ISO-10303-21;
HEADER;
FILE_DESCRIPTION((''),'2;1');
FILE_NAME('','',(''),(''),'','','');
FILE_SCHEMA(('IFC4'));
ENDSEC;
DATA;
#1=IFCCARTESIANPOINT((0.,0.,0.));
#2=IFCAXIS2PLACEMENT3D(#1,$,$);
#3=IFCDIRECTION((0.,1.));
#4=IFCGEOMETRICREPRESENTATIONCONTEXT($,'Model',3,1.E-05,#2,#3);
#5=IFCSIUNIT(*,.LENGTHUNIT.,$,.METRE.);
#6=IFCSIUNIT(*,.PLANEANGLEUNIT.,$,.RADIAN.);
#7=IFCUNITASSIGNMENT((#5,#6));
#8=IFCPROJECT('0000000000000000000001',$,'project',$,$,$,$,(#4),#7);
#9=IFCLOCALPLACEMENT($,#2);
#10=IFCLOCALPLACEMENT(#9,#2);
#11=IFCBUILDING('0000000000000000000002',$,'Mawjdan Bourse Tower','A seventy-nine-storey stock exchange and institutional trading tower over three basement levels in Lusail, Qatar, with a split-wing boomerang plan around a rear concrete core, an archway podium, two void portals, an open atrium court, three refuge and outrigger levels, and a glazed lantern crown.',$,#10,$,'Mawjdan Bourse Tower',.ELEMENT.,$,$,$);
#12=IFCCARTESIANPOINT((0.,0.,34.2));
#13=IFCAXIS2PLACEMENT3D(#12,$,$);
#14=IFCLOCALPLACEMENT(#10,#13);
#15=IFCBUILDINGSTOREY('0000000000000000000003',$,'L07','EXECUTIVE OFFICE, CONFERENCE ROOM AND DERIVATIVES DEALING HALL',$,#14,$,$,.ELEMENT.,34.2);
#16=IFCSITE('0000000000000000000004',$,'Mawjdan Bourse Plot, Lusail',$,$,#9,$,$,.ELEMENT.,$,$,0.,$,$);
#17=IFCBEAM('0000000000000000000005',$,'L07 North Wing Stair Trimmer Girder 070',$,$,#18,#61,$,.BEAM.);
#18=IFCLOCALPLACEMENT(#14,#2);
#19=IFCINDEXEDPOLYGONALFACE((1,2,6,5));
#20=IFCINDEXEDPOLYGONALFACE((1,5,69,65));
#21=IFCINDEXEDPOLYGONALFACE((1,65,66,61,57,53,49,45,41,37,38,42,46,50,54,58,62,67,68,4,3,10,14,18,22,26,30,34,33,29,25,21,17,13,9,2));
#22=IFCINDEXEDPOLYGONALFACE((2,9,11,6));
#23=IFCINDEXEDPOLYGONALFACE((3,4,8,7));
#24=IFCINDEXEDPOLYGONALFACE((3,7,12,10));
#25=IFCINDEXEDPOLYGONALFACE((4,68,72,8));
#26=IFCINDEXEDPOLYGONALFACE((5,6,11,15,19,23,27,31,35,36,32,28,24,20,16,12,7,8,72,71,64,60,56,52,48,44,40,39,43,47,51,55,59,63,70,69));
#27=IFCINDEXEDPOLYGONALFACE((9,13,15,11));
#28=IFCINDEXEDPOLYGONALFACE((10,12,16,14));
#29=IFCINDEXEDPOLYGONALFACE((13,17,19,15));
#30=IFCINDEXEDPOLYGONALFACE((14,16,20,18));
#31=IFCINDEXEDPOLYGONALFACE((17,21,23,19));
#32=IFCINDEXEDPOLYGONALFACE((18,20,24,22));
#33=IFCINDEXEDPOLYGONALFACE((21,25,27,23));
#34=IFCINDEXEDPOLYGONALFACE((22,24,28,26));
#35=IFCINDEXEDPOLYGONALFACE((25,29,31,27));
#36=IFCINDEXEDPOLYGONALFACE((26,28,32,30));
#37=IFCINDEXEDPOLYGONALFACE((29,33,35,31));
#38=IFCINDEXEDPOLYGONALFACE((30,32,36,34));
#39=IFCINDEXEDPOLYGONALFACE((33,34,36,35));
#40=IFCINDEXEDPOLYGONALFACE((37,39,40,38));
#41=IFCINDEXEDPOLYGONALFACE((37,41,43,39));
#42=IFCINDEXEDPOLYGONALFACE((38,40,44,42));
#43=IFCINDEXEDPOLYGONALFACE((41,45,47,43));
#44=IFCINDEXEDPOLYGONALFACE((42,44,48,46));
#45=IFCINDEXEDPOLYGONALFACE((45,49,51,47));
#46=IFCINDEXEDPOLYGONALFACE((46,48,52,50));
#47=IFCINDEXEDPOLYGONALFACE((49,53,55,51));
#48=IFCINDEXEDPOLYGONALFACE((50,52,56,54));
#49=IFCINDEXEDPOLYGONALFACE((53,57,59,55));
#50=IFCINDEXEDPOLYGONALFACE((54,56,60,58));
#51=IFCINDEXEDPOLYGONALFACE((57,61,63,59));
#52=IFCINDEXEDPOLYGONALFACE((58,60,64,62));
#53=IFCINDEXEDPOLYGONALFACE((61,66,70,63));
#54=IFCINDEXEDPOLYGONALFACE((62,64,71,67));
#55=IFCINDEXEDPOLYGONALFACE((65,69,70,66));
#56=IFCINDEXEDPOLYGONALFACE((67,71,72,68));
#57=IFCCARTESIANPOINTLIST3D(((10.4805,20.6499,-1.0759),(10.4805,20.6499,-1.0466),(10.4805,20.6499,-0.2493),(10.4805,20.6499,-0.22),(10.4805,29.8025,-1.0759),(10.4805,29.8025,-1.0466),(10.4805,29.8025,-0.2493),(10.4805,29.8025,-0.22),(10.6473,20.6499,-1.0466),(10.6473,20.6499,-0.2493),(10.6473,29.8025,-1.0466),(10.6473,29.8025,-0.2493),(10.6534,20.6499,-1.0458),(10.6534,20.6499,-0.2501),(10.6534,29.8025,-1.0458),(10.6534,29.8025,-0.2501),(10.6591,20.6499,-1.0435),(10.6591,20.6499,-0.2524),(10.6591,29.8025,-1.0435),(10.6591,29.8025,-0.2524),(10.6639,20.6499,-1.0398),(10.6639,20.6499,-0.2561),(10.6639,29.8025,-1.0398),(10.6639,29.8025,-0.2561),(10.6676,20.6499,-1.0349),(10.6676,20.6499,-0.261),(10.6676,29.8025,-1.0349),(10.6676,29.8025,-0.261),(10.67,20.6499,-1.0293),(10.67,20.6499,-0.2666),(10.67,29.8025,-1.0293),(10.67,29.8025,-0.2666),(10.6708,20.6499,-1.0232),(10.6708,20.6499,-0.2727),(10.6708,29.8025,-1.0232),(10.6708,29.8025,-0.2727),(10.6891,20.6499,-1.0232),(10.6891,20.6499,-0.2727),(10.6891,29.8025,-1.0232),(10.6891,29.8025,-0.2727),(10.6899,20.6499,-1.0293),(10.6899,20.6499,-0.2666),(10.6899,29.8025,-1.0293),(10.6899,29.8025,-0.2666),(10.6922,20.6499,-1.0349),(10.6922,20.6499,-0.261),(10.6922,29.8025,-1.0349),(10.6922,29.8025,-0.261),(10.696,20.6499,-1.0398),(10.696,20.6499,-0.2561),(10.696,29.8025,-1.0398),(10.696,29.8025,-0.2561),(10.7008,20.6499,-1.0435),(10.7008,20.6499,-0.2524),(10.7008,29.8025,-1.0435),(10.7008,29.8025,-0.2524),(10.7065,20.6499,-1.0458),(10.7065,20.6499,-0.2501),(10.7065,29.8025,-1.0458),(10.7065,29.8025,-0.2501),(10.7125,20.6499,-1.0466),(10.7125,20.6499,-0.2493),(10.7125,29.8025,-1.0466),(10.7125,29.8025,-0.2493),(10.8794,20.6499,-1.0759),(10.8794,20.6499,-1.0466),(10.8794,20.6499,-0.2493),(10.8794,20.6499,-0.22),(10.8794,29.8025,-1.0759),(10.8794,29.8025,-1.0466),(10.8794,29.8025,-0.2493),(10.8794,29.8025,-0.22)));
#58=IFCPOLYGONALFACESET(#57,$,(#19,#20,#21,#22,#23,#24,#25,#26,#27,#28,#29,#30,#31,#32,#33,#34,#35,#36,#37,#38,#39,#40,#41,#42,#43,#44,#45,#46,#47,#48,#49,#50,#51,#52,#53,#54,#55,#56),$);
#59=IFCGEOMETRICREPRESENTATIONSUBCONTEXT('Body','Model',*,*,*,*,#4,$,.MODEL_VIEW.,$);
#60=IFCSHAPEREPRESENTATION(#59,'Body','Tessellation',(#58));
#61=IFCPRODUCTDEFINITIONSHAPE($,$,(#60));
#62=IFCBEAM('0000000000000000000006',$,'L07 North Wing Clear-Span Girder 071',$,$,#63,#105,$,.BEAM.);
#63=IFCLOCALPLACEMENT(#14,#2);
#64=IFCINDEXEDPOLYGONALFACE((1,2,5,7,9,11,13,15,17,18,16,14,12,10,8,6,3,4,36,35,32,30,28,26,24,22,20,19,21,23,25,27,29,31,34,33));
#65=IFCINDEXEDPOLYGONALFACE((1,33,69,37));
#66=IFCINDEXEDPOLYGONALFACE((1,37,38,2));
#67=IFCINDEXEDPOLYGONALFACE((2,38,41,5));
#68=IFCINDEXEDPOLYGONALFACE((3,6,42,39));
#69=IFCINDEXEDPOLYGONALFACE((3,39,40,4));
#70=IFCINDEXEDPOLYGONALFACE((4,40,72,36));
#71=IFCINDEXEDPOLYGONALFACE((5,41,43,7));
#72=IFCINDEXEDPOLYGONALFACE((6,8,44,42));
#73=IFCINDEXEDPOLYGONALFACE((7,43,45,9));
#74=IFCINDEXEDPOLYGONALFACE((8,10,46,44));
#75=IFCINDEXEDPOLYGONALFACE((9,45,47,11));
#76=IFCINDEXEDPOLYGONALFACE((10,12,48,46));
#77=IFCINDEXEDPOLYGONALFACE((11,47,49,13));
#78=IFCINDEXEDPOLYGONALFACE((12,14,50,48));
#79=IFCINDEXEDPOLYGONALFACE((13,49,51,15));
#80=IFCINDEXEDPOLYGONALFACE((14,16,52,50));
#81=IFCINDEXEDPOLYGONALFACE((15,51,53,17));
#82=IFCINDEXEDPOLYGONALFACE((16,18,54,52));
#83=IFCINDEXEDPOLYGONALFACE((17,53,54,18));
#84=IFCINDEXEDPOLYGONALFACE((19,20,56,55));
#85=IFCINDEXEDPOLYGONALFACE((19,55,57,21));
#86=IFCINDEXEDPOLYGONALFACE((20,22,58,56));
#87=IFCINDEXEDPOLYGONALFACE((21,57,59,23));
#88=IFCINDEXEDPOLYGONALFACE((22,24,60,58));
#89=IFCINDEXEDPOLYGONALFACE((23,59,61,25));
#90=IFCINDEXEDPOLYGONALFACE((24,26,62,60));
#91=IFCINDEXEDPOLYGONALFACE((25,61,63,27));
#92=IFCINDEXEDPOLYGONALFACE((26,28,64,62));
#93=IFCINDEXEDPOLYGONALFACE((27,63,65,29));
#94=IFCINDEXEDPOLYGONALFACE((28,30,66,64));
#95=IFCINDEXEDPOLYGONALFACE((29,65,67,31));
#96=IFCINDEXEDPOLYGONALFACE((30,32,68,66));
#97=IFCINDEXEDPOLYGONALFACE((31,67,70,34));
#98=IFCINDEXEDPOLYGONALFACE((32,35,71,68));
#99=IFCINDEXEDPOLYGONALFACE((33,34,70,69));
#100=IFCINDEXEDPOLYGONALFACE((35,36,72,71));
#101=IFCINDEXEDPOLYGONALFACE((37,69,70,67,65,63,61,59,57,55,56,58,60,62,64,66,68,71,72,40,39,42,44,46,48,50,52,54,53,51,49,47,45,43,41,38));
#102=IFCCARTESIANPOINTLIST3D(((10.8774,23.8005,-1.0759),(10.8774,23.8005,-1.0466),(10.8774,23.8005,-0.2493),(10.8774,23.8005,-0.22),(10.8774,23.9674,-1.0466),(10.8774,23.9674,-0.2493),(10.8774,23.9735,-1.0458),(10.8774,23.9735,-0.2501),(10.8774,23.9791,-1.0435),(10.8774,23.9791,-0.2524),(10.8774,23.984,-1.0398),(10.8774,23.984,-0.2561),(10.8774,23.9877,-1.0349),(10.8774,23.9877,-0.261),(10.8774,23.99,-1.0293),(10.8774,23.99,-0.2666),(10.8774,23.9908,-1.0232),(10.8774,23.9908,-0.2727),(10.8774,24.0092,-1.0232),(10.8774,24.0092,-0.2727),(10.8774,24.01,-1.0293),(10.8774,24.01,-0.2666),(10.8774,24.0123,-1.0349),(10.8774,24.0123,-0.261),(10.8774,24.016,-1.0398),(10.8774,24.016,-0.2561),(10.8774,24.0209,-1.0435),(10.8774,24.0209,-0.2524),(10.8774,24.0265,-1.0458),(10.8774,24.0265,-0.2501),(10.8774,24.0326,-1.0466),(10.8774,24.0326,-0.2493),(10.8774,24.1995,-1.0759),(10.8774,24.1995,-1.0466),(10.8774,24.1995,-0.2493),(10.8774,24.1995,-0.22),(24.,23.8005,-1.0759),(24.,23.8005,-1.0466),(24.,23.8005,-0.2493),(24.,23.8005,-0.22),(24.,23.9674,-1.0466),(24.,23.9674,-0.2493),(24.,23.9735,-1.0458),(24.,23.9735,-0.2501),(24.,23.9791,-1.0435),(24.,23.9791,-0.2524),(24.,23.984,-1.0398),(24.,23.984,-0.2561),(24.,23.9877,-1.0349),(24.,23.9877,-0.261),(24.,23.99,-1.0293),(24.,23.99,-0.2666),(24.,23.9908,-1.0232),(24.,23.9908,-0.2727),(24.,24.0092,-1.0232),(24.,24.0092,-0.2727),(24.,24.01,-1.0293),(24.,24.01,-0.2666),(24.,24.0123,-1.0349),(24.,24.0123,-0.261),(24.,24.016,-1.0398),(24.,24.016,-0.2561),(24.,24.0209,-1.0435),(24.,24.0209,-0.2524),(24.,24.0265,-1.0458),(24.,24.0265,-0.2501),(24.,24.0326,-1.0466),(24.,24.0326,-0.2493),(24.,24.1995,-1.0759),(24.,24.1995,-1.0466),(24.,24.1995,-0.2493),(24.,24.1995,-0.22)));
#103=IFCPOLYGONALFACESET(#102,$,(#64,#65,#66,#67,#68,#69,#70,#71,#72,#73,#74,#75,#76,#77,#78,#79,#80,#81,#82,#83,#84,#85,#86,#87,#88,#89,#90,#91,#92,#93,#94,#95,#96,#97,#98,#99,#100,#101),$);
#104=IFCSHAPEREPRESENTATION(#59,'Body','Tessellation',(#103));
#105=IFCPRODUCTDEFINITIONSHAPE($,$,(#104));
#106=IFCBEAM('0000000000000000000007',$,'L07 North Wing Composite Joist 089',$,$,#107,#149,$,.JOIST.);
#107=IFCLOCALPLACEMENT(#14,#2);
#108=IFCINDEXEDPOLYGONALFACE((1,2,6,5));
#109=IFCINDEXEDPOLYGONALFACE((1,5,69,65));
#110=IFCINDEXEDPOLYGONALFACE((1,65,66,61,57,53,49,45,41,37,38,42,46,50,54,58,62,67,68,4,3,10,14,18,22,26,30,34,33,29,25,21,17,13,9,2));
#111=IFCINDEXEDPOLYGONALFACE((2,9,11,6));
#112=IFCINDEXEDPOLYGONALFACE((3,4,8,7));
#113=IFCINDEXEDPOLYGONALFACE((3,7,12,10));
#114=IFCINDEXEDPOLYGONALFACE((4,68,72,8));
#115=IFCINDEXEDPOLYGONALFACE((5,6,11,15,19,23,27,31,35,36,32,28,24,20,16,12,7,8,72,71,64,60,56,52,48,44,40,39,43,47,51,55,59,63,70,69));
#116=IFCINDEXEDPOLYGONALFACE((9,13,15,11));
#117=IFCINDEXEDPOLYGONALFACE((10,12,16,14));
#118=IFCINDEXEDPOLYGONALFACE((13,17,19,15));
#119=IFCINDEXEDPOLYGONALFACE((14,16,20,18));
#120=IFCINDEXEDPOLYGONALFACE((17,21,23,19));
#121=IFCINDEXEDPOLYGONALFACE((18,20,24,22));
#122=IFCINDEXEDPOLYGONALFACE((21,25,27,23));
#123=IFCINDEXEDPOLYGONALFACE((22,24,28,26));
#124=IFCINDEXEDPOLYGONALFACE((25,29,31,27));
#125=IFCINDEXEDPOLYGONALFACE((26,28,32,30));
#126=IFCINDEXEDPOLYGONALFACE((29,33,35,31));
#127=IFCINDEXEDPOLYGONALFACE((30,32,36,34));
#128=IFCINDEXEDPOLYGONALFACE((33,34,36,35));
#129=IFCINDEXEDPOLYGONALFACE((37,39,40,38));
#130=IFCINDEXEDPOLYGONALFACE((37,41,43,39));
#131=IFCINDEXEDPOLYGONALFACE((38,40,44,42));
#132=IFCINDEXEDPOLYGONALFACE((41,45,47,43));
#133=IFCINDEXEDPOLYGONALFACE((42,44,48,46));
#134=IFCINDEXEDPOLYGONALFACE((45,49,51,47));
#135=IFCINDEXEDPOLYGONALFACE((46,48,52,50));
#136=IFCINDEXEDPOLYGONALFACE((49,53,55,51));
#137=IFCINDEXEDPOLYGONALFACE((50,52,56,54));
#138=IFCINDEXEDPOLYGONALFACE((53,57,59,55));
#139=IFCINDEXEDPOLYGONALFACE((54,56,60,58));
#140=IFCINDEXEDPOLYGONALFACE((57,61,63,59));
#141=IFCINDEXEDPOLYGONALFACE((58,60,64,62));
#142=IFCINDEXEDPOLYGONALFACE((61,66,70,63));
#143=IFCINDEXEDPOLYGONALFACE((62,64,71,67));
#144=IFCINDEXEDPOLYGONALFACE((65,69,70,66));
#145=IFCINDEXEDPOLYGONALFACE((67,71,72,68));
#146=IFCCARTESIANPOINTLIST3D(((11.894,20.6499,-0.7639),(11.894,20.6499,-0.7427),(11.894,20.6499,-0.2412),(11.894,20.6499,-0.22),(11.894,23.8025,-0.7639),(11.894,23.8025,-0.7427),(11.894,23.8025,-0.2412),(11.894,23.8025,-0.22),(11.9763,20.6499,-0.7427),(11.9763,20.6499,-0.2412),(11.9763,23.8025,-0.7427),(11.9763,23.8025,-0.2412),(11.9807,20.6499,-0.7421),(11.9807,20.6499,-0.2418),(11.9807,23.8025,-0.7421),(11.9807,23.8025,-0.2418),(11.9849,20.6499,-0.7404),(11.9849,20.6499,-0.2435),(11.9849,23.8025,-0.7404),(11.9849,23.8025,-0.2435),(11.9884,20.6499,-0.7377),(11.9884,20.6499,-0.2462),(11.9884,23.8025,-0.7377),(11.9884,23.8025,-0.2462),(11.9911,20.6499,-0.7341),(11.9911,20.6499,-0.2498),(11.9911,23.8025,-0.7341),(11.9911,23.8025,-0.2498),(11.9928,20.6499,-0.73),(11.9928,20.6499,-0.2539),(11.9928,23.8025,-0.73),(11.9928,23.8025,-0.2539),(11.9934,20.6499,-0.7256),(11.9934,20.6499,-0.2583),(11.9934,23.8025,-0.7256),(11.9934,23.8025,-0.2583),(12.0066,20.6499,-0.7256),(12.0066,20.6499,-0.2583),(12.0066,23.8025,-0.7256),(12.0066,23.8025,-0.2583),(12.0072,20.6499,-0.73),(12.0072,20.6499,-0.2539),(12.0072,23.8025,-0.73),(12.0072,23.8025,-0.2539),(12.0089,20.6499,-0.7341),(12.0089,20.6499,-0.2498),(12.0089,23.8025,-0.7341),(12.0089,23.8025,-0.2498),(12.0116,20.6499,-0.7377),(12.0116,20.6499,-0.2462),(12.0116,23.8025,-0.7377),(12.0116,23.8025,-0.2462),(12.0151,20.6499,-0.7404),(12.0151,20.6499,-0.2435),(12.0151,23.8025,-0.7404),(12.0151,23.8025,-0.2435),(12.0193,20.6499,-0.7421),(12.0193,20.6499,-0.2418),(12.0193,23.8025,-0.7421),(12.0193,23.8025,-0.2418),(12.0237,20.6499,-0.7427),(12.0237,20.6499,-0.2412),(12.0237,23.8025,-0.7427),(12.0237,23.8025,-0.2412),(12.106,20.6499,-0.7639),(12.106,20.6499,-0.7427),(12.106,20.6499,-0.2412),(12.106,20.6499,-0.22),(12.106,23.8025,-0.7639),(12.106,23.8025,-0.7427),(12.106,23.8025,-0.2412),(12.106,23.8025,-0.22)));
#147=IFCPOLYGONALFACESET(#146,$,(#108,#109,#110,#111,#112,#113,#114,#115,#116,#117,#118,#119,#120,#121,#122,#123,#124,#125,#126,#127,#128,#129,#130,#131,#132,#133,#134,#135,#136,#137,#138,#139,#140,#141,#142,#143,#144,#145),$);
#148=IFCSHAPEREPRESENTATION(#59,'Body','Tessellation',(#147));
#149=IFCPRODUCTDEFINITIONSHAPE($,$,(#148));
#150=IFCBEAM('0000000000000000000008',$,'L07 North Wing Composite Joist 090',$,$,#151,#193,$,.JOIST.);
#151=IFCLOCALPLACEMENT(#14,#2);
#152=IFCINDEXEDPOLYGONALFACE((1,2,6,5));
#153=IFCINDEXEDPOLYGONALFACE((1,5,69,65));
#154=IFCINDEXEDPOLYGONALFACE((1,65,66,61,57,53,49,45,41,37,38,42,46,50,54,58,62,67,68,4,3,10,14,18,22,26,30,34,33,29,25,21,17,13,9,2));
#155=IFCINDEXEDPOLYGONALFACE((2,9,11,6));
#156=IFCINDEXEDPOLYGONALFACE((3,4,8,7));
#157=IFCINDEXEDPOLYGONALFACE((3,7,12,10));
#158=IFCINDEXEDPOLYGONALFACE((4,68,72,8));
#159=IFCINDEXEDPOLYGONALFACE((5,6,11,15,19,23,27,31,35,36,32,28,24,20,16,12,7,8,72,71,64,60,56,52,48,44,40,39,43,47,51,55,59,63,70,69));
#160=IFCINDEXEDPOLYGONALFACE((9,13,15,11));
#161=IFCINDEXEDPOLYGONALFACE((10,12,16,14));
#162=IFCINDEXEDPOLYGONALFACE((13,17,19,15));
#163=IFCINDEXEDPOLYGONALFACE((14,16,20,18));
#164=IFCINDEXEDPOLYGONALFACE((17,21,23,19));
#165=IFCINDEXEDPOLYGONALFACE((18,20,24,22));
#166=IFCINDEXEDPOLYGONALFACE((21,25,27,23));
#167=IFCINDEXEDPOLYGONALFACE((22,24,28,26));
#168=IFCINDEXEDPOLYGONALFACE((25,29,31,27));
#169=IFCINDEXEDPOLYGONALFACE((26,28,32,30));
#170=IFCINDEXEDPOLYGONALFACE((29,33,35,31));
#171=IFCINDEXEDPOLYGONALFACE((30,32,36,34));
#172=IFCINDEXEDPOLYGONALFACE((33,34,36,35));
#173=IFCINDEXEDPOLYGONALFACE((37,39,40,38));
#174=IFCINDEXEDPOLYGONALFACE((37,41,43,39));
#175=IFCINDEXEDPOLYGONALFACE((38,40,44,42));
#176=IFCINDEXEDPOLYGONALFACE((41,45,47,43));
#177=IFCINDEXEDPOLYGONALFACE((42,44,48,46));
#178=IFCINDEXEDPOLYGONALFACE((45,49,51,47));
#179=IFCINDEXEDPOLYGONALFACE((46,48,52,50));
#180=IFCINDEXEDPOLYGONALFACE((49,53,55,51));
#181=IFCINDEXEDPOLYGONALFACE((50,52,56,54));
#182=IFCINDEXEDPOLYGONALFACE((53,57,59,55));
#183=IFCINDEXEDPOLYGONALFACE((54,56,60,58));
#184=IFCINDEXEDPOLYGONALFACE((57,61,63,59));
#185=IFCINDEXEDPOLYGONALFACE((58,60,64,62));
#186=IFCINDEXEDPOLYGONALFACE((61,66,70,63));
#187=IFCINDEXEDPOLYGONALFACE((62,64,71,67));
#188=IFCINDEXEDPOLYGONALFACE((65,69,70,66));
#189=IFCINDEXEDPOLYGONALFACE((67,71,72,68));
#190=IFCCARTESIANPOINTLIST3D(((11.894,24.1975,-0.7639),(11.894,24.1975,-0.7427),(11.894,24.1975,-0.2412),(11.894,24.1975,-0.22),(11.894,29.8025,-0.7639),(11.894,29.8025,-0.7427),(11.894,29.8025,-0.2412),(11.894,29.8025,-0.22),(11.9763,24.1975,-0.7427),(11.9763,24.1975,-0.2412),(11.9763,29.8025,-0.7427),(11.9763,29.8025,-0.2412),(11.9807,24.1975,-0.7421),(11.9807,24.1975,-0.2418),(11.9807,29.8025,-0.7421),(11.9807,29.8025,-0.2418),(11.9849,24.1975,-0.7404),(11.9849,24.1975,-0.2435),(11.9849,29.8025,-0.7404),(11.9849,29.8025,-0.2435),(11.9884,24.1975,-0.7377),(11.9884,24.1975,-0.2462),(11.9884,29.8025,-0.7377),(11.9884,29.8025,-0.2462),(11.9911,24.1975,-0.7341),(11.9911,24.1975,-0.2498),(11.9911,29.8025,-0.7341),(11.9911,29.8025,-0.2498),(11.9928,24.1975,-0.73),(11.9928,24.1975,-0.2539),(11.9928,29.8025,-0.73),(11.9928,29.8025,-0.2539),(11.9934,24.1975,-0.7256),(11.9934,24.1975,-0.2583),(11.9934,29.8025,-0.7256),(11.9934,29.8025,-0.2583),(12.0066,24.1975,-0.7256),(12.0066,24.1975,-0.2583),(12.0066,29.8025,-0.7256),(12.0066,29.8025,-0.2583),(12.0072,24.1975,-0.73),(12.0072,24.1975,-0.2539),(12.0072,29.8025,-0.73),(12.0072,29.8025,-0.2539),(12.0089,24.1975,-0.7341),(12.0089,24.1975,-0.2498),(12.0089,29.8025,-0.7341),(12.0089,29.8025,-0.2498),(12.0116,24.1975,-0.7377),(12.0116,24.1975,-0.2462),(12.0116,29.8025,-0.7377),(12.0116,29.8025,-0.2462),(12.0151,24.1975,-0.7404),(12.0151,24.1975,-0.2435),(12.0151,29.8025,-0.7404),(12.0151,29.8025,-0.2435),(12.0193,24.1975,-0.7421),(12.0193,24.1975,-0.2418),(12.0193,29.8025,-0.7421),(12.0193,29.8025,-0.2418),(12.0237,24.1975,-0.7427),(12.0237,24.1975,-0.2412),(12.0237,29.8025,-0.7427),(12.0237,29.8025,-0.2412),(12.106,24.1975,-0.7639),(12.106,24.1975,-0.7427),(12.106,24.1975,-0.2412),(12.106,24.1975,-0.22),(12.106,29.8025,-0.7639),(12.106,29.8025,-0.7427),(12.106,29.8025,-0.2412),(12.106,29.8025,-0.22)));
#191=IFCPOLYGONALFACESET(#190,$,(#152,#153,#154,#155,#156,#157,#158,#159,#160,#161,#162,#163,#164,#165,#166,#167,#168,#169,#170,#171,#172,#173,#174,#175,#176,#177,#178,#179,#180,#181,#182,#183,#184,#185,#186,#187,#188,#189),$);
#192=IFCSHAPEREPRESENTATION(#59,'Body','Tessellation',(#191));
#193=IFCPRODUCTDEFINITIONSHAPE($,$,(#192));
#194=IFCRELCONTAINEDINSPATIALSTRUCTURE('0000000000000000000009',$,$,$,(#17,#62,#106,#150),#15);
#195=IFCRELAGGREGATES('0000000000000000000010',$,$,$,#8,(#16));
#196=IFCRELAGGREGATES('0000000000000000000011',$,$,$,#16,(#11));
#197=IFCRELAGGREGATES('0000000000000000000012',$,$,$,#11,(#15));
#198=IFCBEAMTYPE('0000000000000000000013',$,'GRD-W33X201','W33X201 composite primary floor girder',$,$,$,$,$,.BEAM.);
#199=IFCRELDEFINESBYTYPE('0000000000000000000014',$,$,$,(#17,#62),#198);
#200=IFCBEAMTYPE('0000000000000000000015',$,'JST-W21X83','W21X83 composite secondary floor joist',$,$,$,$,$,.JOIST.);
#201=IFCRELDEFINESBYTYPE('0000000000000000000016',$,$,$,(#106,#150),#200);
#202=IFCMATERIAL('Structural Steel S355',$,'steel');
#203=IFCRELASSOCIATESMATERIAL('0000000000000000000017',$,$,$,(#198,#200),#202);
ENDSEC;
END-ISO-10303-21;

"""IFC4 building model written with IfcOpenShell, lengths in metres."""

from ifc_helpers import new_model, si_unit, direction, frame, origin, origin_2d, place, context, subcontext, project, spatial, i_section, extrude, material, material_profile, profile_set, type_object, element, save


model = new_model("IFC4")

# Units and contexts
model_context = context("Model", 3, precision=1e-05, world=origin(), true_north=direction((0.0, 1.0)))
body_context = subcontext(model_context, "Body", "Model", "MODEL_VIEW")
ifc_project = project(units=[si_unit("LENGTHUNIT", "METRE"), si_unit("PLANEANGLEUNIT", "RADIAN")], contexts=[model_context])

# Site, building, storey
site_placement = place(None, origin())
site = spatial("IfcSite", under=ifc_project, at=site_placement, Name="Mawjdan Bourse Plot, Lusail", CompositionType="ELEMENT", RefElevation=0.0)
building_placement = place(site_placement, origin())
building = spatial("IfcBuilding", under=site, at=building_placement, Name="Mawjdan Bourse Tower", Description="A seventy-nine-storey stock exchange and institutional trading tower over three basement levels in Lusail, Qatar, with a split-wing boomerang plan around a rear concrete core, an archway podium, two void portals, an open atrium court, three refuge and outrigger levels, and a glazed lantern crown.", LongName="Mawjdan Bourse Tower", CompositionType="ELEMENT")
storey_placement = place(building_placement, frame((0.0, 0.0, 34.2)))
storey = spatial("IfcBuildingStorey", under=building, at=storey_placement, Name="L07", Description="EXECUTIVE OFFICE, CONFERENCE ROOM AND DERIVATIVES DEALING HALL", CompositionType="ELEMENT", Elevation=34.2)

# Beams
ifc_material_1 = material(Name="Structural Steel S355", Category="steel")
ifc_material_profile_1 = material_profile(ifc_material_1, i_section(OverallWidth=0.3989, OverallDepth=0.856, WebThickness=0.0183, FlangeThickness=0.0293, FilletRadius=0.0234, at=origin_2d()), Name="W33X201")
ifc_profile_set_1 = profile_set([ifc_material_profile_1], Name="Structural Steel S355")
beam_type_1 = type_object("IfcBeamType", Name="GRD-W33X201", Description="W33X201 composite primary floor girder", PredefinedType="BEAM", material=ifc_profile_set_1)
beam_1_placement = place(storey_placement, frame((10.6799, 20.6499, -0.6479), z_axis=(0.0, 1.0, 0.0), x_axis=(-1.0, 0.0, 0.0)))
element("IfcBeam", 1, at=beam_1_placement, inside=storey, type_object=beam_type_1, Name="L07 North Wing Stair Trimmer Girder 070", PredefinedType="BEAM", context=body_context, shape_type="SweptSolid", body=[
    extrude(i_section(OverallWidth=0.3989, OverallDepth=0.856, WebThickness=0.0183, FlangeThickness=0.0293, FilletRadius=0.0234, at=origin_2d()), origin(), (0.0, 0.0, 1.0), 9.1526),
])
beam_2_placement = place(storey_placement, frame((10.8774, 24.0, -0.6479), z_axis=(1.0, 0.0, 0.0), x_axis=(0.0, 1.0, 0.0)))
element("IfcBeam", 2, at=beam_2_placement, inside=storey, type_object=beam_type_1, Name="L07 North Wing Clear-Span Girder 071", PredefinedType="BEAM", context=body_context, shape_type="SweptSolid", body=[
    extrude(i_section(OverallWidth=0.3989, OverallDepth=0.856, WebThickness=0.0183, FlangeThickness=0.0293, FilletRadius=0.0234, at=origin_2d()), origin(), (0.0, 0.0, 1.0), 13.1226),
])
ifc_material_profile_2 = material_profile(ifc_material_1, i_section(OverallWidth=0.2119, OverallDepth=0.5439, WebThickness=0.0132, FlangeThickness=0.0212, FilletRadius=0.0171, at=origin_2d()), Name="W21X83")
ifc_profile_set_2 = profile_set([ifc_material_profile_2], Name="Structural Steel S355")
beam_type_2 = type_object("IfcBeamType", Name="JST-W21X83", Description="W21X83 composite secondary floor joist", PredefinedType="JOIST", material=ifc_profile_set_2)
beam_3_placement = place(storey_placement, frame((12.0, 20.6499, -0.4919), z_axis=(0.0, 1.0, 0.0), x_axis=(-1.0, 0.0, 0.0)))
element("IfcBeam", 3, at=beam_3_placement, inside=storey, type_object=beam_type_2, Name="L07 North Wing Composite Joist 089", PredefinedType="JOIST", context=body_context, shape_type="SweptSolid", body=[
    extrude(i_section(OverallWidth=0.2119, OverallDepth=0.5439, WebThickness=0.0132, FlangeThickness=0.0212, FilletRadius=0.0171, at=origin_2d()), origin(), (0.0, 0.0, 1.0), 3.1526),
])
beam_4_placement = place(storey_placement, frame((12.0, 24.1975, -0.4919), z_axis=(0.0, 1.0, 0.0), x_axis=(-1.0, 0.0, 0.0)))
element("IfcBeam", 4, at=beam_4_placement, inside=storey, type_object=beam_type_2, Name="L07 North Wing Composite Joist 090", PredefinedType="JOIST", context=body_context, shape_type="SweptSolid", body=[
    extrude(i_section(OverallWidth=0.2119, OverallDepth=0.5439, WebThickness=0.0132, FlangeThickness=0.0212, FilletRadius=0.0171, at=origin_2d()), origin(), (0.0, 0.0, 1.0), 5.605),
])

save(model, "model.ifc")
